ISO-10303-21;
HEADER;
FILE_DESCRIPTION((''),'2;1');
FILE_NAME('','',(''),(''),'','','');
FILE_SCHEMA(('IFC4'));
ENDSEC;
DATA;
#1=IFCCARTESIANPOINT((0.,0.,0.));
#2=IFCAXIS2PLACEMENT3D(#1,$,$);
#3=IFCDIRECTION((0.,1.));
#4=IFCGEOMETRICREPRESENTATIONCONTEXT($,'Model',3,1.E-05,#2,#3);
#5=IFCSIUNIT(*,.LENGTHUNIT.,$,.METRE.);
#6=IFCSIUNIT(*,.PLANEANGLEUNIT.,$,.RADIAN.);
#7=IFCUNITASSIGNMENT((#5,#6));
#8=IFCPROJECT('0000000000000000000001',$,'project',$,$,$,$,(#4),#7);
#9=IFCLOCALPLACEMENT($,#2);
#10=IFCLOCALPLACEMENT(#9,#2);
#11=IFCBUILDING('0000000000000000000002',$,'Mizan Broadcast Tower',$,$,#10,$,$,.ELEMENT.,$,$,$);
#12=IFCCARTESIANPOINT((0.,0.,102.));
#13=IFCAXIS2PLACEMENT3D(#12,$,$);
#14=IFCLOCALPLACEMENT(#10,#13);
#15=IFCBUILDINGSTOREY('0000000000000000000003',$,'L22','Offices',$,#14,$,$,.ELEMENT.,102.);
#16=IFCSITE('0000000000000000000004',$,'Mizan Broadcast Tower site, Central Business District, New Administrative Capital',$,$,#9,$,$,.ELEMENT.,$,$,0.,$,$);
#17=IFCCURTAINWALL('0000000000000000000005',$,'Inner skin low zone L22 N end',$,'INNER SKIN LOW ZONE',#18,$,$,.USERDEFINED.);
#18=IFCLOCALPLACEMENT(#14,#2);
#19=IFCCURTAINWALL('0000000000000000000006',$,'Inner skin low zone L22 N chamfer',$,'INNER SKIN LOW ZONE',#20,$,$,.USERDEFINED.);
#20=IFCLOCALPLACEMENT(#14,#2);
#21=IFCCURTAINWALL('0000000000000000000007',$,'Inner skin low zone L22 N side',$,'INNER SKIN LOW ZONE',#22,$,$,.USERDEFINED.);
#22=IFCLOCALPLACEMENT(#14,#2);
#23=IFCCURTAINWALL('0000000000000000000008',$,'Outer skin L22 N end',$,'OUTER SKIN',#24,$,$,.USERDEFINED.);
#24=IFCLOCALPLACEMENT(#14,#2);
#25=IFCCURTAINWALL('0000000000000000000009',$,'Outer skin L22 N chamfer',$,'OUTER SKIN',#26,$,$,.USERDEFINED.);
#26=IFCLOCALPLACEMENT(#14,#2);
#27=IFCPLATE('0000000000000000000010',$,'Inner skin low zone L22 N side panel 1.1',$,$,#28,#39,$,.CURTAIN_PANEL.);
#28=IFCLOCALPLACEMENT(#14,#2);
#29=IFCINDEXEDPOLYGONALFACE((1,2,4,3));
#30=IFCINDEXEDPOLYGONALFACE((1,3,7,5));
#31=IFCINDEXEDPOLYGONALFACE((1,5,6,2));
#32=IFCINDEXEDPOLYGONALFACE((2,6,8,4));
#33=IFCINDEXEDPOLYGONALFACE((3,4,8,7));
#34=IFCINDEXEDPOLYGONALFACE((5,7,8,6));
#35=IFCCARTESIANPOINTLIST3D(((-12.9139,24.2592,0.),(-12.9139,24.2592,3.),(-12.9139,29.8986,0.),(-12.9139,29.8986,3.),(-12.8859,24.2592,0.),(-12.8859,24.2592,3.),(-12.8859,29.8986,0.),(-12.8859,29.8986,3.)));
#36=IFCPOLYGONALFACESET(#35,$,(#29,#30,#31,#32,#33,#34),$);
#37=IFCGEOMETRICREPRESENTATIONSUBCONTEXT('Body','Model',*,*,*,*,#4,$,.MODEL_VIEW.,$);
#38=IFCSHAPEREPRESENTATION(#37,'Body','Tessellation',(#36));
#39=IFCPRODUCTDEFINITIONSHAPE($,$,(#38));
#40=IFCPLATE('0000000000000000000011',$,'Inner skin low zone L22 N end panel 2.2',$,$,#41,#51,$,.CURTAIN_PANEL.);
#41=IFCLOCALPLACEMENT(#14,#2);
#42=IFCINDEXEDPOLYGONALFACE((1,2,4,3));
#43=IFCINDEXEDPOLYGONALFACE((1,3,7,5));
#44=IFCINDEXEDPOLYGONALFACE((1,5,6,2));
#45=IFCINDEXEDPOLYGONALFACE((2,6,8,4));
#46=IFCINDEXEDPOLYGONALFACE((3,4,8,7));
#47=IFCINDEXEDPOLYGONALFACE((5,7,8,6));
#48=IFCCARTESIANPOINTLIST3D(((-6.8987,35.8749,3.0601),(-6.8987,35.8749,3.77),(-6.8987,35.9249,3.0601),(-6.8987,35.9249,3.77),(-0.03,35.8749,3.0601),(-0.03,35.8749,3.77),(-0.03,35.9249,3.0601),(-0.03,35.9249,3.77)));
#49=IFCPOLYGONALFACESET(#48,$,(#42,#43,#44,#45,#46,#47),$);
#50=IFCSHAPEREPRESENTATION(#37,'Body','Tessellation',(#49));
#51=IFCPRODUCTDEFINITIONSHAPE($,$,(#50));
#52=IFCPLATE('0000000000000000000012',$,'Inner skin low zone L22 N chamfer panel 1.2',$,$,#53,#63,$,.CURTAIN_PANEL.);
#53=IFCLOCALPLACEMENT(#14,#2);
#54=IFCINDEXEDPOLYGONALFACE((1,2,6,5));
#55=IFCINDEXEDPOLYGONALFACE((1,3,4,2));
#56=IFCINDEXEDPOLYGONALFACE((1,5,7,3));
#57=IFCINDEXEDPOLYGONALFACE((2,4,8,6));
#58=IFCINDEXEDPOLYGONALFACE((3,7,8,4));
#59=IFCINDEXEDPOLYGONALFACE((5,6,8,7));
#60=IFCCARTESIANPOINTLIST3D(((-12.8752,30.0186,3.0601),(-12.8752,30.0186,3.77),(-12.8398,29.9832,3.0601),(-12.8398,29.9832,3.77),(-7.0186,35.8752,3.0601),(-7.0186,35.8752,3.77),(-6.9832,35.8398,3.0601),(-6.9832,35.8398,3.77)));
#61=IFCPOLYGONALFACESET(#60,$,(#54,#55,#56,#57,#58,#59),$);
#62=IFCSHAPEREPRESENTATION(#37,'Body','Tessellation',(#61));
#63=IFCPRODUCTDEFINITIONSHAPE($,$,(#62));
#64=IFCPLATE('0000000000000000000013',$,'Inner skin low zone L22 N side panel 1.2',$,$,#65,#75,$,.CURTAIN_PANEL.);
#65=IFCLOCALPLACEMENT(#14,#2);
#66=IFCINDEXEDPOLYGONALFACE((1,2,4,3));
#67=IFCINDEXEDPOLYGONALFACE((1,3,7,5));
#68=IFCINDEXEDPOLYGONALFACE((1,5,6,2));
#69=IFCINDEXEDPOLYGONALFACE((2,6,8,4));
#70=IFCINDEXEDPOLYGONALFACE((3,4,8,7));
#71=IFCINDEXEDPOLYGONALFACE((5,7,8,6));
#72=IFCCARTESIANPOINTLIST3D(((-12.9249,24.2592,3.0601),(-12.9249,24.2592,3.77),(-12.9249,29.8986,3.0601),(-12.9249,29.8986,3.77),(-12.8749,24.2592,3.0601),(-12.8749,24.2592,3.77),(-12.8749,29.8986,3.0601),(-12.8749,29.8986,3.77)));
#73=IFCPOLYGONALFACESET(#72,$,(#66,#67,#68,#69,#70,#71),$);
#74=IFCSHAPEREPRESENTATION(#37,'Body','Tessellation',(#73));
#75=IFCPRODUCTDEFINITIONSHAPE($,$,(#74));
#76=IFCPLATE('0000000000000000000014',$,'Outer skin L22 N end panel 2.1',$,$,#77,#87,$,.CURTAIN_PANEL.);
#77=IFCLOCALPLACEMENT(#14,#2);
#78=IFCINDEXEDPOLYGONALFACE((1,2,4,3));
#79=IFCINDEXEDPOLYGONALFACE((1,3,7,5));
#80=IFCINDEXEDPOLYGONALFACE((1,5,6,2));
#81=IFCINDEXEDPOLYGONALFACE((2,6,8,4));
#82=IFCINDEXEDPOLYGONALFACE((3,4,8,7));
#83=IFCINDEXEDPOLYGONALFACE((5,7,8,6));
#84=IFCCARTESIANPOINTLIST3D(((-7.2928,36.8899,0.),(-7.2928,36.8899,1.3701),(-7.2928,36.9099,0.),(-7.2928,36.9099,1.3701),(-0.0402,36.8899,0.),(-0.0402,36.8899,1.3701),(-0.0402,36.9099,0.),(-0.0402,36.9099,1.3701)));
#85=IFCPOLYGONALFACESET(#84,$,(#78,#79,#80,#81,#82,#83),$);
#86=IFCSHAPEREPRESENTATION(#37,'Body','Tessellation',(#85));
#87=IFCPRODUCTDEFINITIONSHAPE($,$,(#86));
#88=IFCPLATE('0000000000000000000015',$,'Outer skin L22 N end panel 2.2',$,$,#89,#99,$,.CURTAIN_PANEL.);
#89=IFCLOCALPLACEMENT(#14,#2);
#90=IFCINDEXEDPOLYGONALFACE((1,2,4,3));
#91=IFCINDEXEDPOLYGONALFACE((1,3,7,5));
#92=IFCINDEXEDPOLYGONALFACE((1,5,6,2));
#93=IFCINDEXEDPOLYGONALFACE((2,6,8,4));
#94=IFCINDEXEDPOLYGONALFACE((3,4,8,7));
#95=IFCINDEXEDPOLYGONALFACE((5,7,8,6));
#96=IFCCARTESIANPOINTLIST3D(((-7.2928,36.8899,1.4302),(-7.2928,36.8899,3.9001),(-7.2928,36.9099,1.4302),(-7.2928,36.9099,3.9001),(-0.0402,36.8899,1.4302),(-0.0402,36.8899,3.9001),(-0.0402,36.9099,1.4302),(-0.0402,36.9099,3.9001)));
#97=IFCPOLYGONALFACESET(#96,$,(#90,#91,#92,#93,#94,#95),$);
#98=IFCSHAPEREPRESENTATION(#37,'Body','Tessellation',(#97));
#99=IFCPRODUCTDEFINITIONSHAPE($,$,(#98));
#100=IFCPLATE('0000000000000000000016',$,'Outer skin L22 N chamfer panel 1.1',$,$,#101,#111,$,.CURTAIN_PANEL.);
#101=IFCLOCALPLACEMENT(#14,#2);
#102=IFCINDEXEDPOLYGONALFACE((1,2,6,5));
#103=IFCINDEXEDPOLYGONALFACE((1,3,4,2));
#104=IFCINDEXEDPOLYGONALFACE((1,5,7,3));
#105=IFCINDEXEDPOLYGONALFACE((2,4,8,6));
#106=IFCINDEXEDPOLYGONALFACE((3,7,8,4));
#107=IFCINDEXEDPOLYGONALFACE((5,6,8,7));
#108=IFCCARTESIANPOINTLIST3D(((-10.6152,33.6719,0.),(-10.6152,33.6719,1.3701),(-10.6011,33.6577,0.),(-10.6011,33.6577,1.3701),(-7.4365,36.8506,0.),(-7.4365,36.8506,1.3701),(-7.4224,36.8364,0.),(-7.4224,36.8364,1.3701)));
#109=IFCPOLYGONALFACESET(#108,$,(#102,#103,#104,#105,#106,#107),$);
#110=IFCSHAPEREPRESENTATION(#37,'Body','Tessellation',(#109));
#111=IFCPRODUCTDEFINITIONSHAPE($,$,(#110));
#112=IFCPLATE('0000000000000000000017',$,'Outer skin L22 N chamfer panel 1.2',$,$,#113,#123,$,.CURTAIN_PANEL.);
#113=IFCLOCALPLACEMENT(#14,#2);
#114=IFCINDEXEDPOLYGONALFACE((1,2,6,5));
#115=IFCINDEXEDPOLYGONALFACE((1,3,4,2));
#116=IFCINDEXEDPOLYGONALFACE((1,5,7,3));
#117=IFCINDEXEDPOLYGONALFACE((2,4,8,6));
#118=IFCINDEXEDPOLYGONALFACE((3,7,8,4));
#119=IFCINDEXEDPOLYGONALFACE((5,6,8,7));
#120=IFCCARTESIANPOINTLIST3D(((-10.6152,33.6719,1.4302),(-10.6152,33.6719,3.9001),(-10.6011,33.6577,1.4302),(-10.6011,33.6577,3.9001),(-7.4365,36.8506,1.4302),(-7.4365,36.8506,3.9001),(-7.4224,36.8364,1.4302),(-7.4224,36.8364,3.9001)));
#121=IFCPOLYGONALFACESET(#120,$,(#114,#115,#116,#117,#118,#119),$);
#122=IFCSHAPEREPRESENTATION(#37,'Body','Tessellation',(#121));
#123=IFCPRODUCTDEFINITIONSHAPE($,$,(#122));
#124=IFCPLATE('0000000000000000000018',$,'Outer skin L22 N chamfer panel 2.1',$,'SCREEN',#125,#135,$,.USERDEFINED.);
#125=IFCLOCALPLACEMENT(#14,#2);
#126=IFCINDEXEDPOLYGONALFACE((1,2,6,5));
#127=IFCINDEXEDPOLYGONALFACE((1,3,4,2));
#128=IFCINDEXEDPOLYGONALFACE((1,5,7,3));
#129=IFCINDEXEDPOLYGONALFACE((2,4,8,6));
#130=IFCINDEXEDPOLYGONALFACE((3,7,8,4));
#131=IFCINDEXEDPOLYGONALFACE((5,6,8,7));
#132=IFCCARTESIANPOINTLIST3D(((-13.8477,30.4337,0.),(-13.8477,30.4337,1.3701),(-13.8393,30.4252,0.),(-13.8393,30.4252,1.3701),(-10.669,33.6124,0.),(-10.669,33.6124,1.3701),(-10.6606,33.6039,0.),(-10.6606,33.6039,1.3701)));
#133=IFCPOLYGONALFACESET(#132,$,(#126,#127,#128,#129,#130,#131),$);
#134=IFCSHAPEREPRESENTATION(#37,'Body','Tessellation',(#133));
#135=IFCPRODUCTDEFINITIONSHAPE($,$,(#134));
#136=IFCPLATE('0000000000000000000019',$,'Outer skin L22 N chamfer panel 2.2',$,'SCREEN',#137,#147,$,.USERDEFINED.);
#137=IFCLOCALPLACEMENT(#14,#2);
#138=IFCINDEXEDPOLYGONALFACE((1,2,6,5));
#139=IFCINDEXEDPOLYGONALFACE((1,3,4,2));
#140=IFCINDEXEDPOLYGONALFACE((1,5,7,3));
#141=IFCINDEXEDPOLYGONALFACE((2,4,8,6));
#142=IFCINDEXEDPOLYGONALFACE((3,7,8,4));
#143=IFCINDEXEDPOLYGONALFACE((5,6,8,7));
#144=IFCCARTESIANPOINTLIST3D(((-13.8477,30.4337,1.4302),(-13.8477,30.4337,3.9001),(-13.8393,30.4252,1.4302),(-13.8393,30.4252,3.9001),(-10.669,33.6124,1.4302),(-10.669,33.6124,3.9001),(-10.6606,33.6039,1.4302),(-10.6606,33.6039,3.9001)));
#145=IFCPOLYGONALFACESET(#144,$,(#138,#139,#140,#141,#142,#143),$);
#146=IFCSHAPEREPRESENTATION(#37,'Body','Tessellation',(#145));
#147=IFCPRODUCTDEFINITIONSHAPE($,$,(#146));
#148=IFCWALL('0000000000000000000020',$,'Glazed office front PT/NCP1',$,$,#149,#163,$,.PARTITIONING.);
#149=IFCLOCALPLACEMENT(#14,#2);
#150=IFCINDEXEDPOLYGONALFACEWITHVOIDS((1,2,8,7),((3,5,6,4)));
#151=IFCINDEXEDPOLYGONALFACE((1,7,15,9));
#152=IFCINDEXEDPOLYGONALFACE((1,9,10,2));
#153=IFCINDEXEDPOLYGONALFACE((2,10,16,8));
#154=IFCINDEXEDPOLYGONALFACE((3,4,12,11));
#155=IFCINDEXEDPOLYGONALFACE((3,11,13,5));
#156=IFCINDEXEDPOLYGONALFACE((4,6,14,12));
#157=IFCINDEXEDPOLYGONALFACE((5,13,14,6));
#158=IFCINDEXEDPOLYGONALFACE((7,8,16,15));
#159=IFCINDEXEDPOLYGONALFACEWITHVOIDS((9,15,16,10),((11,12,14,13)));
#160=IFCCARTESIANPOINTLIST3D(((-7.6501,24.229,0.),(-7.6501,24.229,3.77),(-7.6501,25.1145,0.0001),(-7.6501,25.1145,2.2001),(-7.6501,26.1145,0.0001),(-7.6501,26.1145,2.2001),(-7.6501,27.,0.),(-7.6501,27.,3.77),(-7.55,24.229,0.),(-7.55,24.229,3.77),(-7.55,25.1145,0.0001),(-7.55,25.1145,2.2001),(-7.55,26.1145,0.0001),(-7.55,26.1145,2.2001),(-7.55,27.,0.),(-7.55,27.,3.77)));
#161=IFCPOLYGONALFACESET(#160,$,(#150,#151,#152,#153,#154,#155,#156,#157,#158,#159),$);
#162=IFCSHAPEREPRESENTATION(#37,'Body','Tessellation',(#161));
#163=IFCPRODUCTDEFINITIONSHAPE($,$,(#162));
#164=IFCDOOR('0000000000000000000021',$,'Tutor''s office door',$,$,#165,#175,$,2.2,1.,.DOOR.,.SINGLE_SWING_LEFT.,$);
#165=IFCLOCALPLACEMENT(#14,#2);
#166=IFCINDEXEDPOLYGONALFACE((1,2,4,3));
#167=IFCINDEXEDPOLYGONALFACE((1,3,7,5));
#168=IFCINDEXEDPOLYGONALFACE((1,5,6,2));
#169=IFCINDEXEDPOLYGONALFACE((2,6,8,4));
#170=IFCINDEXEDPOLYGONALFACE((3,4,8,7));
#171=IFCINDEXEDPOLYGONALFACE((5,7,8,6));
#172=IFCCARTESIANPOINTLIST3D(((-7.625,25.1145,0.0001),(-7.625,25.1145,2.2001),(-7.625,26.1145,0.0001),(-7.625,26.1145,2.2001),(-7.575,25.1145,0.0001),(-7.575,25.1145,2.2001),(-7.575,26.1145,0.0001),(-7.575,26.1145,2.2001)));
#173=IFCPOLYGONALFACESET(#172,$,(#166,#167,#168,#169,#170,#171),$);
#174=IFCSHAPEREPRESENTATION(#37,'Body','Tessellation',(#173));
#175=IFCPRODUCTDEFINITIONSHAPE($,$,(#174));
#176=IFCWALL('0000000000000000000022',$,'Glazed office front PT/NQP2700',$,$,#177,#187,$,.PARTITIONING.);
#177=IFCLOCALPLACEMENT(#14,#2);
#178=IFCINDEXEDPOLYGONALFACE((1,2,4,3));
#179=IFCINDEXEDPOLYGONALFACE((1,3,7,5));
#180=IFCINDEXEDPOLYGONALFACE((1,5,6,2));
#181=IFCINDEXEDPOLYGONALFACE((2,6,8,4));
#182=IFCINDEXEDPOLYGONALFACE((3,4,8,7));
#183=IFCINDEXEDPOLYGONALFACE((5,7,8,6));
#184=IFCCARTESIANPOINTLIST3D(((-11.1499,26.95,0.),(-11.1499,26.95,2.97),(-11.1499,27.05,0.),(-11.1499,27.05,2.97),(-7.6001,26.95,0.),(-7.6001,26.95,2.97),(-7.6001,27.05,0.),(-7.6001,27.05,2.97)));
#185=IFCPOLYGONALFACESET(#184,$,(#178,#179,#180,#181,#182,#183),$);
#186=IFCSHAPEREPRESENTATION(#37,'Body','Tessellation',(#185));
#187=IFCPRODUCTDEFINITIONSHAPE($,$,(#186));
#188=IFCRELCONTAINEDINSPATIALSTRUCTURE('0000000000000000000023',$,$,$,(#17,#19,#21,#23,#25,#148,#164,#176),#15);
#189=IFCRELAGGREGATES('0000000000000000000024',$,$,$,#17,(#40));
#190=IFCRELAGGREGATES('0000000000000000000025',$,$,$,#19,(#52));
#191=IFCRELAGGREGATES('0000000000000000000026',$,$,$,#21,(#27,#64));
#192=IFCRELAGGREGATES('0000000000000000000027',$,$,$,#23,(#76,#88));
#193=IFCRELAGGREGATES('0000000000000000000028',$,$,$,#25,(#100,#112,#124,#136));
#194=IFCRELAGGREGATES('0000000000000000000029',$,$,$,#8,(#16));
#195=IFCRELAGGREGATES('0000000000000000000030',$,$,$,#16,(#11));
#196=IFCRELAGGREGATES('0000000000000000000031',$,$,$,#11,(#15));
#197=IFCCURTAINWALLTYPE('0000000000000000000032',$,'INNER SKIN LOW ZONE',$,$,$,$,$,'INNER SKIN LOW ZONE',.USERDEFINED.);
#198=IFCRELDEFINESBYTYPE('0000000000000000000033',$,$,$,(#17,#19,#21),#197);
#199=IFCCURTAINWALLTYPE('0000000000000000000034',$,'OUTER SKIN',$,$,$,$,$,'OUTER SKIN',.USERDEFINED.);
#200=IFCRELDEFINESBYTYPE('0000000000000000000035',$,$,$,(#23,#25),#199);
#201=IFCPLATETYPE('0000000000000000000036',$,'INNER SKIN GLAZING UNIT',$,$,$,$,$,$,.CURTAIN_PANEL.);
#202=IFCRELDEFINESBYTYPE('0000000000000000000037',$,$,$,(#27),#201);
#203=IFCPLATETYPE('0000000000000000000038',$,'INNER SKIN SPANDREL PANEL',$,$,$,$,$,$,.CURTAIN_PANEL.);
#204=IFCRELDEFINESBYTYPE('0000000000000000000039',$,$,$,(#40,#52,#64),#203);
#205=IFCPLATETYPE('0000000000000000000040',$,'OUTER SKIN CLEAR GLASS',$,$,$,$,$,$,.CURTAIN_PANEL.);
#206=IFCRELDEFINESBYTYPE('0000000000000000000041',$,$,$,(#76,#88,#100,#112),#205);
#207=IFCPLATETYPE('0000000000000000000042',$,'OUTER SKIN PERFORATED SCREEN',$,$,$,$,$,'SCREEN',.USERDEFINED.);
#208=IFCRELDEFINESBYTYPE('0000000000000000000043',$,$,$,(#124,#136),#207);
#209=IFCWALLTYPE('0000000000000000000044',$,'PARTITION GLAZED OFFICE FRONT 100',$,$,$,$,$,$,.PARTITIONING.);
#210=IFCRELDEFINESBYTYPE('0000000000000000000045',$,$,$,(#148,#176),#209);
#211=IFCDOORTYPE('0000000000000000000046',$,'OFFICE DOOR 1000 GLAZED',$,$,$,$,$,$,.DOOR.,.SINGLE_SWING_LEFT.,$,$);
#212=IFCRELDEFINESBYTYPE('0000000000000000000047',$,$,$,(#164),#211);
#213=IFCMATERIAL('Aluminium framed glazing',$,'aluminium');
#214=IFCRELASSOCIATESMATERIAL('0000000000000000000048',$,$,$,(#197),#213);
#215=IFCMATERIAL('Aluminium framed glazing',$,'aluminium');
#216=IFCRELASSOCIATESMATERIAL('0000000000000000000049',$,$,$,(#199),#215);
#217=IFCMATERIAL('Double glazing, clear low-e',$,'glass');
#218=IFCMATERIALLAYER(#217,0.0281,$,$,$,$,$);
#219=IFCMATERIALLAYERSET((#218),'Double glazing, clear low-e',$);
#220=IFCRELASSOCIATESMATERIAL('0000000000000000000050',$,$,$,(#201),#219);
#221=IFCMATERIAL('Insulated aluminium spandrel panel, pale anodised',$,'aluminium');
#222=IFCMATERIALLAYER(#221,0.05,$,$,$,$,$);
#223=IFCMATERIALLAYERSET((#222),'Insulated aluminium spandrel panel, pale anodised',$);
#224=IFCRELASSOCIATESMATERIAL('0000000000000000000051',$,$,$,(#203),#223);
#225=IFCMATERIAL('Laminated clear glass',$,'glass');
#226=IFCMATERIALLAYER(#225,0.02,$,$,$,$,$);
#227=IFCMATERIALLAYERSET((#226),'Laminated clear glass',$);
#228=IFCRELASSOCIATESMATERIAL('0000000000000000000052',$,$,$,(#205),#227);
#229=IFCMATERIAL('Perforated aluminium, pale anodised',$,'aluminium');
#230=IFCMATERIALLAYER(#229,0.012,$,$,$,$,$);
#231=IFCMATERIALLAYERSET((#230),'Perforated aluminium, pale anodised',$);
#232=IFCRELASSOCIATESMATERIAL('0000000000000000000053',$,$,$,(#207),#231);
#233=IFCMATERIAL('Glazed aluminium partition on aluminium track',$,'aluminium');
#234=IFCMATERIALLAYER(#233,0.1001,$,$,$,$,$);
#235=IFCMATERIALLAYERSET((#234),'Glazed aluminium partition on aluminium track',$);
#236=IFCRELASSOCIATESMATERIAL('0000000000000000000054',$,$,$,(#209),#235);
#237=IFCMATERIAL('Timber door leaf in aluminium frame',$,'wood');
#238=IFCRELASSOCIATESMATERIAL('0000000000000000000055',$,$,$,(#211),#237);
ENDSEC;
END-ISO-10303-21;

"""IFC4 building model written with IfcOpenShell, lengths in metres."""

from ifc_helpers import new_model, si_unit, direction, frame, frame_2d, origin, origin_2d, place, context, subcontext, project, spatial, rectangle, extrude, material, layer, layer_set, type_object, element, fill, aggregate, save


model = new_model("IFC4")

# Units and contexts
model_context = context("Model", 3, precision=1e-05, world=origin(), true_north=direction((0.0, 1.0)))
body_context = subcontext(model_context, "Body", "Model", "MODEL_VIEW")
ifc_project = project(units=[si_unit("LENGTHUNIT", "METRE"), si_unit("PLANEANGLEUNIT", "RADIAN")], contexts=[model_context])

# Site, building, storey
site_placement = place(None, origin())
site = spatial("IfcSite", under=ifc_project, at=site_placement, Name="Mizan Broadcast Tower site, Central Business District, New Administrative Capital", CompositionType="ELEMENT", RefElevation=0.0)
building_placement = place(site_placement, origin())
building = spatial("IfcBuilding", under=site, at=building_placement, Name="Mizan Broadcast Tower", CompositionType="ELEMENT")
storey_placement = place(building_placement, frame((0.0, 0.0, 102.0)))
storey = spatial("IfcBuildingStorey", under=building, at=storey_placement, Name="L22", Description="Offices", CompositionType="ELEMENT", Elevation=102.0)

# Curtain walls
ifc_material_1 = material(Name="Aluminium framed glazing", Category="aluminium")
curtain_wall_type_1 = type_object("IfcCurtainWallType", Name="INNER SKIN LOW ZONE", ElementType="INNER SKIN LOW ZONE", PredefinedType="USERDEFINED", material=ifc_material_1)
curtain_wall_1_placement = place(storey_placement, origin())
curtain_wall_1 = element("IfcCurtainWall", 1, at=curtain_wall_1_placement, inside=storey, type_object=curtain_wall_type_1, Name="Inner skin low zone L22 N end", ObjectType="INNER SKIN LOW ZONE", PredefinedType="USERDEFINED")
curtain_wall_2_placement = place(storey_placement, origin())
curtain_wall_2 = element("IfcCurtainWall", 2, at=curtain_wall_2_placement, inside=storey, type_object=curtain_wall_type_1, Name="Inner skin low zone L22 N chamfer", ObjectType="INNER SKIN LOW ZONE", PredefinedType="USERDEFINED")
curtain_wall_3_placement = place(storey_placement, origin())
curtain_wall_3 = element("IfcCurtainWall", 3, at=curtain_wall_3_placement, inside=storey, type_object=curtain_wall_type_1, Name="Inner skin low zone L22 N side", ObjectType="INNER SKIN LOW ZONE", PredefinedType="USERDEFINED")

# Curtain walls
ifc_material_2 = material(Name="Aluminium framed glazing", Category="aluminium")
curtain_wall_type_2 = type_object("IfcCurtainWallType", Name="OUTER SKIN", ElementType="OUTER SKIN", PredefinedType="USERDEFINED", material=ifc_material_2)
curtain_wall_4_placement = place(storey_placement, origin())
curtain_wall_4 = element("IfcCurtainWall", 4, at=curtain_wall_4_placement, inside=storey, type_object=curtain_wall_type_2, Name="Outer skin L22 N end", ObjectType="OUTER SKIN", PredefinedType="USERDEFINED")
curtain_wall_5_placement = place(storey_placement, origin())
curtain_wall_5 = element("IfcCurtainWall", 5, at=curtain_wall_5_placement, inside=storey, type_object=curtain_wall_type_2, Name="Outer skin L22 N chamfer", ObjectType="OUTER SKIN", PredefinedType="USERDEFINED")

# Plates
ifc_material_3 = material(Name="Double glazing, clear low-e", Category="glass")
ifc_layer_1 = layer(ifc_material_3, 0.0281)
ifc_layer_set_1 = layer_set([ifc_layer_1], Name="Double glazing, clear low-e")
plate_type_1 = type_object("IfcPlateType", Name="INNER SKIN GLAZING UNIT", PredefinedType="CURTAIN_PANEL", material=ifc_layer_set_1)
plate_1_placement = place(storey_placement, frame((-12.8999, 27.0789, 0.0), z_axis=(0.0, 0.0, 1.0), x_axis=(0.0, -1.0, 0.0)))
plate_1 = element("IfcPlate", 6, at=plate_1_placement, type_object=plate_type_1, Name="Inner skin low zone L22 N side panel 1.1", PredefinedType="CURTAIN_PANEL", context=body_context, shape_type="SweptSolid", body=[
    extrude(rectangle(XDim=5.6394, YDim=0.0281, at=origin_2d()), origin(), (0.0, 0.0, 1.0), 3.0),
])
ifc_material_4 = material(Name="Insulated aluminium spandrel panel, pale anodised", Category="aluminium")
ifc_layer_2 = layer(ifc_material_4, 0.05)
ifc_layer_set_2 = layer_set([ifc_layer_2], Name="Insulated aluminium spandrel panel, pale anodised")
plate_type_2 = type_object("IfcPlateType", Name="INNER SKIN SPANDREL PANEL", PredefinedType="CURTAIN_PANEL", material=ifc_layer_set_2)
plate_2_placement = place(storey_placement, frame((-3.4644, 35.8999, 3.0601), z_axis=(0.0, 0.0, 1.0), x_axis=(-1.0, 0.0, 0.0)))
plate_2 = element("IfcPlate", 7, at=plate_2_placement, type_object=plate_type_2, Name="Inner skin low zone L22 N end panel 2.2", PredefinedType="CURTAIN_PANEL", context=body_context, shape_type="SweptSolid", body=[
    extrude(rectangle(XDim=6.8687, YDim=0.05, at=origin_2d()), origin(), (0.0, 0.0, 1.0), 0.71),
])
aggregate(curtain_wall_1, [plate_2])
plate_3_placement = place(storey_placement, frame((-9.9292, 32.9292, 3.0601), z_axis=(0.0, 0.0, 1.0), x_axis=(-0.707107, -0.707107, 0.0)))
plate_3 = element("IfcPlate", 8, at=plate_3_placement, type_object=plate_type_2, Name="Inner skin low zone L22 N chamfer panel 1.2", PredefinedType="CURTAIN_PANEL", context=body_context, shape_type="SweptSolid", body=[
    extrude(rectangle(XDim=8.2825, YDim=0.05, at=origin_2d()), origin(), (0.0, 0.0, 1.0), 0.71),
])
aggregate(curtain_wall_2, [plate_3])
plate_4_placement = place(storey_placement, frame((-12.8999, 27.0789, 3.0601), z_axis=(0.0, 0.0, 1.0), x_axis=(0.0, -1.0, 0.0)))
plate_4 = element("IfcPlate", 9, at=plate_4_placement, type_object=plate_type_2, Name="Inner skin low zone L22 N side panel 1.2", PredefinedType="CURTAIN_PANEL", context=body_context, shape_type="SweptSolid", body=[
    extrude(rectangle(XDim=5.6394, YDim=0.05, at=origin_2d()), origin(), (0.0, 0.0, 1.0), 0.71),
])
aggregate(curtain_wall_3, [plate_1, plate_4])
ifc_material_5 = material(Name="Laminated clear glass", Category="glass")
ifc_layer_3 = layer(ifc_material_5, 0.02)
ifc_layer_set_3 = layer_set([ifc_layer_3], Name="Laminated clear glass")
plate_type_3 = type_object("IfcPlateType", Name="OUTER SKIN CLEAR GLASS", PredefinedType="CURTAIN_PANEL", material=ifc_layer_set_3)
plate_5_placement = place(storey_placement, frame((-3.6665, 36.8999, 0.0), z_axis=(0.0, 0.0, 1.0), x_axis=(-1.0, 0.0, 0.0)))
plate_5 = element("IfcPlate", 10, at=plate_5_placement, type_object=plate_type_3, Name="Outer skin L22 N end panel 2.1", PredefinedType="CURTAIN_PANEL", context=body_context, shape_type="SweptSolid", body=[
    extrude(rectangle(XDim=7.2527, YDim=0.02, at=origin_2d()), origin(), (0.0, 0.0, 1.0), 1.3701),
])
plate_6_placement = place(storey_placement, frame((-3.6665, 36.8999, 1.4302), z_axis=(0.0, 0.0, 1.0), x_axis=(-1.0, 0.0, 0.0)))
plate_6 = element("IfcPlate", 11, at=plate_6_placement, type_object=plate_type_3, Name="Outer skin L22 N end panel 2.2", PredefinedType="CURTAIN_PANEL", context=body_context, shape_type="SweptSolid", body=[
    extrude(rectangle(XDim=7.2527, YDim=0.02, at=origin_2d()), origin(), (0.0, 0.0, 1.0), 2.47),
])
aggregate(curtain_wall_4, [plate_5, plate_6])
plate_7_placement = place(storey_placement, frame((-9.0188, 35.2542, 0.0), z_axis=(0.0, 0.0, 1.0), x_axis=(-0.707107, -0.707107, 0.0)))
plate_7 = element("IfcPlate", 12, at=plate_7_placement, type_object=plate_type_3, Name="Outer skin L22 N chamfer panel 1.1", PredefinedType="CURTAIN_PANEL", context=body_context, shape_type="SweptSolid", body=[
    extrude(rectangle(XDim=4.4954, YDim=0.02, at=origin_2d()), origin(), (0.0, 0.0, 1.0), 1.3701),
])
plate_8_placement = place(storey_placement, frame((-9.0188, 35.2542, 1.4302), z_axis=(0.0, 0.0, 1.0), x_axis=(-0.707107, -0.707107, 0.0)))
plate_8 = element("IfcPlate", 13, at=plate_8_placement, type_object=plate_type_3, Name="Outer skin L22 N chamfer panel 1.2", PredefinedType="CURTAIN_PANEL", context=body_context, shape_type="SweptSolid", body=[
    extrude(rectangle(XDim=4.4954, YDim=0.02, at=origin_2d()), origin(), (0.0, 0.0, 1.0), 2.47),
])
ifc_material_6 = material(Name="Perforated aluminium, pale anodised", Category="aluminium")
ifc_layer_4 = layer(ifc_material_6, 0.012)
ifc_layer_set_4 = layer_set([ifc_layer_4], Name="Perforated aluminium, pale anodised")
plate_type_4 = type_object("IfcPlateType", Name="OUTER SKIN PERFORATED SCREEN", ElementType="SCREEN", PredefinedType="USERDEFINED", material=ifc_layer_set_4)
plate_9_placement = place(storey_placement, frame((-12.2542, 32.0188, 0.0), z_axis=(0.0, 0.0, 1.0), x_axis=(-0.707107, -0.707107, 0.0)))
plate_9 = element("IfcPlate", 14, at=plate_9_placement, type_object=plate_type_4, Name="Outer skin L22 N chamfer panel 2.1", ObjectType="SCREEN", PredefinedType="USERDEFINED", context=body_context, shape_type="SweptSolid", body=[
    extrude(rectangle(XDim=4.4954, YDim=0.012, at=origin_2d()), origin(), (0.0, 0.0, 1.0), 1.3701),
])
plate_10_placement = place(storey_placement, frame((-12.2542, 32.0188, 1.4302), z_axis=(0.0, 0.0, 1.0), x_axis=(-0.707107, -0.707107, 0.0)))
plate_10 = element("IfcPlate", 15, at=plate_10_placement, type_object=plate_type_4, Name="Outer skin L22 N chamfer panel 2.2", ObjectType="SCREEN", PredefinedType="USERDEFINED", context=body_context, shape_type="SweptSolid", body=[
    extrude(rectangle(XDim=4.4954, YDim=0.012, at=origin_2d()), origin(), (0.0, 0.0, 1.0), 2.47),
])
aggregate(curtain_wall_5, [plate_7, plate_8, plate_9, plate_10])

# Wall, opening, door
ifc_material_7 = material(Name="Glazed aluminium partition on aluminium track", Category="aluminium")
ifc_layer_5 = layer(ifc_material_7, 0.1001)
ifc_layer_set_5 = layer_set([ifc_layer_5], Name="Glazed aluminium partition on aluminium track")
wall_type = type_object("IfcWallType", Name="PARTITION GLAZED OFFICE FRONT 100", PredefinedType="PARTITIONING", material=ifc_layer_set_5)
wall_1_placement = place(storey_placement, frame((-7.6001, 24.229, 0.0), z_axis=(0.0, 0.0, 1.0), x_axis=(0.0, 1.0, 0.0)))
wall_1 = element("IfcWall", 16, at=wall_1_placement, inside=storey, type_object=wall_type, Name="Glazed office front PT/NCP1", PredefinedType="PARTITIONING", context=body_context, shape_type="SweptSolid", body=[
    extrude(rectangle(XDim=2.771, YDim=0.1001, at=frame_2d((1.3855, 0.0))), origin(), (0.0, 0.0, 1.0), 3.77),
])
opening_placement = place(wall_1_placement, frame((0.8855, 0.0, 0.0)))
opening = element("IfcOpeningElement", 17, at=opening_placement, cuts=wall_1, PredefinedType="OPENING", context=body_context, shape_type="SweptSolid", body=[
    extrude(rectangle(XDim=1.0, YDim=2.2, at=frame_2d((0.5, 1.1001))), frame((0.0, 0.0601, 0.0), z_axis=(0.0, -1.0, 0.0), x_axis=(1.0, 0.0, 0.0)), (0.0, 0.0, 1.0), 0.1201),
])
ifc_material_8 = material(Name="Timber door leaf in aluminium frame", Category="wood")
door_type = type_object("IfcDoorType", Name="OFFICE DOOR 1000 GLAZED", OperationType="SINGLE_SWING_LEFT", PredefinedType="DOOR", material=ifc_material_8)
door_placement = place(opening_placement, origin())
door = element("IfcDoor", 18, at=door_placement, inside=storey, type_object=door_type, Name="Tutor's office door", OperationType="SINGLE_SWING_LEFT", OverallHeight=2.2, OverallWidth=1.0, PredefinedType="DOOR", context=body_context, shape_type="SweptSolid", body=[
    extrude(rectangle(XDim=1.0, YDim=2.2, at=frame_2d((0.5, 1.1001))), frame((0.0, 0.0249, 0.0), z_axis=(0.0, -1.0, 0.0), x_axis=(1.0, 0.0, 0.0)), (0.0, 0.0, 1.0), 0.05),
])
fill(opening, door)

# Wall
wall_2_placement = place(storey_placement, frame((-7.6001, 27.0, 0.0), z_axis=(0.0, 0.0, 1.0), x_axis=(-1.0, 0.0, 0.0)))
element("IfcWall", 19, at=wall_2_placement, inside=storey, type_object=wall_type, Name="Glazed office front PT/NQP2700", PredefinedType="PARTITIONING", context=body_context, shape_type="SweptSolid", body=[
    extrude(rectangle(XDim=3.5498, YDim=0.1001, at=frame_2d((1.7749, 0.0))), origin(), (0.0, 0.0, 1.0), 2.97),
])

save(model, "model.ifc")
